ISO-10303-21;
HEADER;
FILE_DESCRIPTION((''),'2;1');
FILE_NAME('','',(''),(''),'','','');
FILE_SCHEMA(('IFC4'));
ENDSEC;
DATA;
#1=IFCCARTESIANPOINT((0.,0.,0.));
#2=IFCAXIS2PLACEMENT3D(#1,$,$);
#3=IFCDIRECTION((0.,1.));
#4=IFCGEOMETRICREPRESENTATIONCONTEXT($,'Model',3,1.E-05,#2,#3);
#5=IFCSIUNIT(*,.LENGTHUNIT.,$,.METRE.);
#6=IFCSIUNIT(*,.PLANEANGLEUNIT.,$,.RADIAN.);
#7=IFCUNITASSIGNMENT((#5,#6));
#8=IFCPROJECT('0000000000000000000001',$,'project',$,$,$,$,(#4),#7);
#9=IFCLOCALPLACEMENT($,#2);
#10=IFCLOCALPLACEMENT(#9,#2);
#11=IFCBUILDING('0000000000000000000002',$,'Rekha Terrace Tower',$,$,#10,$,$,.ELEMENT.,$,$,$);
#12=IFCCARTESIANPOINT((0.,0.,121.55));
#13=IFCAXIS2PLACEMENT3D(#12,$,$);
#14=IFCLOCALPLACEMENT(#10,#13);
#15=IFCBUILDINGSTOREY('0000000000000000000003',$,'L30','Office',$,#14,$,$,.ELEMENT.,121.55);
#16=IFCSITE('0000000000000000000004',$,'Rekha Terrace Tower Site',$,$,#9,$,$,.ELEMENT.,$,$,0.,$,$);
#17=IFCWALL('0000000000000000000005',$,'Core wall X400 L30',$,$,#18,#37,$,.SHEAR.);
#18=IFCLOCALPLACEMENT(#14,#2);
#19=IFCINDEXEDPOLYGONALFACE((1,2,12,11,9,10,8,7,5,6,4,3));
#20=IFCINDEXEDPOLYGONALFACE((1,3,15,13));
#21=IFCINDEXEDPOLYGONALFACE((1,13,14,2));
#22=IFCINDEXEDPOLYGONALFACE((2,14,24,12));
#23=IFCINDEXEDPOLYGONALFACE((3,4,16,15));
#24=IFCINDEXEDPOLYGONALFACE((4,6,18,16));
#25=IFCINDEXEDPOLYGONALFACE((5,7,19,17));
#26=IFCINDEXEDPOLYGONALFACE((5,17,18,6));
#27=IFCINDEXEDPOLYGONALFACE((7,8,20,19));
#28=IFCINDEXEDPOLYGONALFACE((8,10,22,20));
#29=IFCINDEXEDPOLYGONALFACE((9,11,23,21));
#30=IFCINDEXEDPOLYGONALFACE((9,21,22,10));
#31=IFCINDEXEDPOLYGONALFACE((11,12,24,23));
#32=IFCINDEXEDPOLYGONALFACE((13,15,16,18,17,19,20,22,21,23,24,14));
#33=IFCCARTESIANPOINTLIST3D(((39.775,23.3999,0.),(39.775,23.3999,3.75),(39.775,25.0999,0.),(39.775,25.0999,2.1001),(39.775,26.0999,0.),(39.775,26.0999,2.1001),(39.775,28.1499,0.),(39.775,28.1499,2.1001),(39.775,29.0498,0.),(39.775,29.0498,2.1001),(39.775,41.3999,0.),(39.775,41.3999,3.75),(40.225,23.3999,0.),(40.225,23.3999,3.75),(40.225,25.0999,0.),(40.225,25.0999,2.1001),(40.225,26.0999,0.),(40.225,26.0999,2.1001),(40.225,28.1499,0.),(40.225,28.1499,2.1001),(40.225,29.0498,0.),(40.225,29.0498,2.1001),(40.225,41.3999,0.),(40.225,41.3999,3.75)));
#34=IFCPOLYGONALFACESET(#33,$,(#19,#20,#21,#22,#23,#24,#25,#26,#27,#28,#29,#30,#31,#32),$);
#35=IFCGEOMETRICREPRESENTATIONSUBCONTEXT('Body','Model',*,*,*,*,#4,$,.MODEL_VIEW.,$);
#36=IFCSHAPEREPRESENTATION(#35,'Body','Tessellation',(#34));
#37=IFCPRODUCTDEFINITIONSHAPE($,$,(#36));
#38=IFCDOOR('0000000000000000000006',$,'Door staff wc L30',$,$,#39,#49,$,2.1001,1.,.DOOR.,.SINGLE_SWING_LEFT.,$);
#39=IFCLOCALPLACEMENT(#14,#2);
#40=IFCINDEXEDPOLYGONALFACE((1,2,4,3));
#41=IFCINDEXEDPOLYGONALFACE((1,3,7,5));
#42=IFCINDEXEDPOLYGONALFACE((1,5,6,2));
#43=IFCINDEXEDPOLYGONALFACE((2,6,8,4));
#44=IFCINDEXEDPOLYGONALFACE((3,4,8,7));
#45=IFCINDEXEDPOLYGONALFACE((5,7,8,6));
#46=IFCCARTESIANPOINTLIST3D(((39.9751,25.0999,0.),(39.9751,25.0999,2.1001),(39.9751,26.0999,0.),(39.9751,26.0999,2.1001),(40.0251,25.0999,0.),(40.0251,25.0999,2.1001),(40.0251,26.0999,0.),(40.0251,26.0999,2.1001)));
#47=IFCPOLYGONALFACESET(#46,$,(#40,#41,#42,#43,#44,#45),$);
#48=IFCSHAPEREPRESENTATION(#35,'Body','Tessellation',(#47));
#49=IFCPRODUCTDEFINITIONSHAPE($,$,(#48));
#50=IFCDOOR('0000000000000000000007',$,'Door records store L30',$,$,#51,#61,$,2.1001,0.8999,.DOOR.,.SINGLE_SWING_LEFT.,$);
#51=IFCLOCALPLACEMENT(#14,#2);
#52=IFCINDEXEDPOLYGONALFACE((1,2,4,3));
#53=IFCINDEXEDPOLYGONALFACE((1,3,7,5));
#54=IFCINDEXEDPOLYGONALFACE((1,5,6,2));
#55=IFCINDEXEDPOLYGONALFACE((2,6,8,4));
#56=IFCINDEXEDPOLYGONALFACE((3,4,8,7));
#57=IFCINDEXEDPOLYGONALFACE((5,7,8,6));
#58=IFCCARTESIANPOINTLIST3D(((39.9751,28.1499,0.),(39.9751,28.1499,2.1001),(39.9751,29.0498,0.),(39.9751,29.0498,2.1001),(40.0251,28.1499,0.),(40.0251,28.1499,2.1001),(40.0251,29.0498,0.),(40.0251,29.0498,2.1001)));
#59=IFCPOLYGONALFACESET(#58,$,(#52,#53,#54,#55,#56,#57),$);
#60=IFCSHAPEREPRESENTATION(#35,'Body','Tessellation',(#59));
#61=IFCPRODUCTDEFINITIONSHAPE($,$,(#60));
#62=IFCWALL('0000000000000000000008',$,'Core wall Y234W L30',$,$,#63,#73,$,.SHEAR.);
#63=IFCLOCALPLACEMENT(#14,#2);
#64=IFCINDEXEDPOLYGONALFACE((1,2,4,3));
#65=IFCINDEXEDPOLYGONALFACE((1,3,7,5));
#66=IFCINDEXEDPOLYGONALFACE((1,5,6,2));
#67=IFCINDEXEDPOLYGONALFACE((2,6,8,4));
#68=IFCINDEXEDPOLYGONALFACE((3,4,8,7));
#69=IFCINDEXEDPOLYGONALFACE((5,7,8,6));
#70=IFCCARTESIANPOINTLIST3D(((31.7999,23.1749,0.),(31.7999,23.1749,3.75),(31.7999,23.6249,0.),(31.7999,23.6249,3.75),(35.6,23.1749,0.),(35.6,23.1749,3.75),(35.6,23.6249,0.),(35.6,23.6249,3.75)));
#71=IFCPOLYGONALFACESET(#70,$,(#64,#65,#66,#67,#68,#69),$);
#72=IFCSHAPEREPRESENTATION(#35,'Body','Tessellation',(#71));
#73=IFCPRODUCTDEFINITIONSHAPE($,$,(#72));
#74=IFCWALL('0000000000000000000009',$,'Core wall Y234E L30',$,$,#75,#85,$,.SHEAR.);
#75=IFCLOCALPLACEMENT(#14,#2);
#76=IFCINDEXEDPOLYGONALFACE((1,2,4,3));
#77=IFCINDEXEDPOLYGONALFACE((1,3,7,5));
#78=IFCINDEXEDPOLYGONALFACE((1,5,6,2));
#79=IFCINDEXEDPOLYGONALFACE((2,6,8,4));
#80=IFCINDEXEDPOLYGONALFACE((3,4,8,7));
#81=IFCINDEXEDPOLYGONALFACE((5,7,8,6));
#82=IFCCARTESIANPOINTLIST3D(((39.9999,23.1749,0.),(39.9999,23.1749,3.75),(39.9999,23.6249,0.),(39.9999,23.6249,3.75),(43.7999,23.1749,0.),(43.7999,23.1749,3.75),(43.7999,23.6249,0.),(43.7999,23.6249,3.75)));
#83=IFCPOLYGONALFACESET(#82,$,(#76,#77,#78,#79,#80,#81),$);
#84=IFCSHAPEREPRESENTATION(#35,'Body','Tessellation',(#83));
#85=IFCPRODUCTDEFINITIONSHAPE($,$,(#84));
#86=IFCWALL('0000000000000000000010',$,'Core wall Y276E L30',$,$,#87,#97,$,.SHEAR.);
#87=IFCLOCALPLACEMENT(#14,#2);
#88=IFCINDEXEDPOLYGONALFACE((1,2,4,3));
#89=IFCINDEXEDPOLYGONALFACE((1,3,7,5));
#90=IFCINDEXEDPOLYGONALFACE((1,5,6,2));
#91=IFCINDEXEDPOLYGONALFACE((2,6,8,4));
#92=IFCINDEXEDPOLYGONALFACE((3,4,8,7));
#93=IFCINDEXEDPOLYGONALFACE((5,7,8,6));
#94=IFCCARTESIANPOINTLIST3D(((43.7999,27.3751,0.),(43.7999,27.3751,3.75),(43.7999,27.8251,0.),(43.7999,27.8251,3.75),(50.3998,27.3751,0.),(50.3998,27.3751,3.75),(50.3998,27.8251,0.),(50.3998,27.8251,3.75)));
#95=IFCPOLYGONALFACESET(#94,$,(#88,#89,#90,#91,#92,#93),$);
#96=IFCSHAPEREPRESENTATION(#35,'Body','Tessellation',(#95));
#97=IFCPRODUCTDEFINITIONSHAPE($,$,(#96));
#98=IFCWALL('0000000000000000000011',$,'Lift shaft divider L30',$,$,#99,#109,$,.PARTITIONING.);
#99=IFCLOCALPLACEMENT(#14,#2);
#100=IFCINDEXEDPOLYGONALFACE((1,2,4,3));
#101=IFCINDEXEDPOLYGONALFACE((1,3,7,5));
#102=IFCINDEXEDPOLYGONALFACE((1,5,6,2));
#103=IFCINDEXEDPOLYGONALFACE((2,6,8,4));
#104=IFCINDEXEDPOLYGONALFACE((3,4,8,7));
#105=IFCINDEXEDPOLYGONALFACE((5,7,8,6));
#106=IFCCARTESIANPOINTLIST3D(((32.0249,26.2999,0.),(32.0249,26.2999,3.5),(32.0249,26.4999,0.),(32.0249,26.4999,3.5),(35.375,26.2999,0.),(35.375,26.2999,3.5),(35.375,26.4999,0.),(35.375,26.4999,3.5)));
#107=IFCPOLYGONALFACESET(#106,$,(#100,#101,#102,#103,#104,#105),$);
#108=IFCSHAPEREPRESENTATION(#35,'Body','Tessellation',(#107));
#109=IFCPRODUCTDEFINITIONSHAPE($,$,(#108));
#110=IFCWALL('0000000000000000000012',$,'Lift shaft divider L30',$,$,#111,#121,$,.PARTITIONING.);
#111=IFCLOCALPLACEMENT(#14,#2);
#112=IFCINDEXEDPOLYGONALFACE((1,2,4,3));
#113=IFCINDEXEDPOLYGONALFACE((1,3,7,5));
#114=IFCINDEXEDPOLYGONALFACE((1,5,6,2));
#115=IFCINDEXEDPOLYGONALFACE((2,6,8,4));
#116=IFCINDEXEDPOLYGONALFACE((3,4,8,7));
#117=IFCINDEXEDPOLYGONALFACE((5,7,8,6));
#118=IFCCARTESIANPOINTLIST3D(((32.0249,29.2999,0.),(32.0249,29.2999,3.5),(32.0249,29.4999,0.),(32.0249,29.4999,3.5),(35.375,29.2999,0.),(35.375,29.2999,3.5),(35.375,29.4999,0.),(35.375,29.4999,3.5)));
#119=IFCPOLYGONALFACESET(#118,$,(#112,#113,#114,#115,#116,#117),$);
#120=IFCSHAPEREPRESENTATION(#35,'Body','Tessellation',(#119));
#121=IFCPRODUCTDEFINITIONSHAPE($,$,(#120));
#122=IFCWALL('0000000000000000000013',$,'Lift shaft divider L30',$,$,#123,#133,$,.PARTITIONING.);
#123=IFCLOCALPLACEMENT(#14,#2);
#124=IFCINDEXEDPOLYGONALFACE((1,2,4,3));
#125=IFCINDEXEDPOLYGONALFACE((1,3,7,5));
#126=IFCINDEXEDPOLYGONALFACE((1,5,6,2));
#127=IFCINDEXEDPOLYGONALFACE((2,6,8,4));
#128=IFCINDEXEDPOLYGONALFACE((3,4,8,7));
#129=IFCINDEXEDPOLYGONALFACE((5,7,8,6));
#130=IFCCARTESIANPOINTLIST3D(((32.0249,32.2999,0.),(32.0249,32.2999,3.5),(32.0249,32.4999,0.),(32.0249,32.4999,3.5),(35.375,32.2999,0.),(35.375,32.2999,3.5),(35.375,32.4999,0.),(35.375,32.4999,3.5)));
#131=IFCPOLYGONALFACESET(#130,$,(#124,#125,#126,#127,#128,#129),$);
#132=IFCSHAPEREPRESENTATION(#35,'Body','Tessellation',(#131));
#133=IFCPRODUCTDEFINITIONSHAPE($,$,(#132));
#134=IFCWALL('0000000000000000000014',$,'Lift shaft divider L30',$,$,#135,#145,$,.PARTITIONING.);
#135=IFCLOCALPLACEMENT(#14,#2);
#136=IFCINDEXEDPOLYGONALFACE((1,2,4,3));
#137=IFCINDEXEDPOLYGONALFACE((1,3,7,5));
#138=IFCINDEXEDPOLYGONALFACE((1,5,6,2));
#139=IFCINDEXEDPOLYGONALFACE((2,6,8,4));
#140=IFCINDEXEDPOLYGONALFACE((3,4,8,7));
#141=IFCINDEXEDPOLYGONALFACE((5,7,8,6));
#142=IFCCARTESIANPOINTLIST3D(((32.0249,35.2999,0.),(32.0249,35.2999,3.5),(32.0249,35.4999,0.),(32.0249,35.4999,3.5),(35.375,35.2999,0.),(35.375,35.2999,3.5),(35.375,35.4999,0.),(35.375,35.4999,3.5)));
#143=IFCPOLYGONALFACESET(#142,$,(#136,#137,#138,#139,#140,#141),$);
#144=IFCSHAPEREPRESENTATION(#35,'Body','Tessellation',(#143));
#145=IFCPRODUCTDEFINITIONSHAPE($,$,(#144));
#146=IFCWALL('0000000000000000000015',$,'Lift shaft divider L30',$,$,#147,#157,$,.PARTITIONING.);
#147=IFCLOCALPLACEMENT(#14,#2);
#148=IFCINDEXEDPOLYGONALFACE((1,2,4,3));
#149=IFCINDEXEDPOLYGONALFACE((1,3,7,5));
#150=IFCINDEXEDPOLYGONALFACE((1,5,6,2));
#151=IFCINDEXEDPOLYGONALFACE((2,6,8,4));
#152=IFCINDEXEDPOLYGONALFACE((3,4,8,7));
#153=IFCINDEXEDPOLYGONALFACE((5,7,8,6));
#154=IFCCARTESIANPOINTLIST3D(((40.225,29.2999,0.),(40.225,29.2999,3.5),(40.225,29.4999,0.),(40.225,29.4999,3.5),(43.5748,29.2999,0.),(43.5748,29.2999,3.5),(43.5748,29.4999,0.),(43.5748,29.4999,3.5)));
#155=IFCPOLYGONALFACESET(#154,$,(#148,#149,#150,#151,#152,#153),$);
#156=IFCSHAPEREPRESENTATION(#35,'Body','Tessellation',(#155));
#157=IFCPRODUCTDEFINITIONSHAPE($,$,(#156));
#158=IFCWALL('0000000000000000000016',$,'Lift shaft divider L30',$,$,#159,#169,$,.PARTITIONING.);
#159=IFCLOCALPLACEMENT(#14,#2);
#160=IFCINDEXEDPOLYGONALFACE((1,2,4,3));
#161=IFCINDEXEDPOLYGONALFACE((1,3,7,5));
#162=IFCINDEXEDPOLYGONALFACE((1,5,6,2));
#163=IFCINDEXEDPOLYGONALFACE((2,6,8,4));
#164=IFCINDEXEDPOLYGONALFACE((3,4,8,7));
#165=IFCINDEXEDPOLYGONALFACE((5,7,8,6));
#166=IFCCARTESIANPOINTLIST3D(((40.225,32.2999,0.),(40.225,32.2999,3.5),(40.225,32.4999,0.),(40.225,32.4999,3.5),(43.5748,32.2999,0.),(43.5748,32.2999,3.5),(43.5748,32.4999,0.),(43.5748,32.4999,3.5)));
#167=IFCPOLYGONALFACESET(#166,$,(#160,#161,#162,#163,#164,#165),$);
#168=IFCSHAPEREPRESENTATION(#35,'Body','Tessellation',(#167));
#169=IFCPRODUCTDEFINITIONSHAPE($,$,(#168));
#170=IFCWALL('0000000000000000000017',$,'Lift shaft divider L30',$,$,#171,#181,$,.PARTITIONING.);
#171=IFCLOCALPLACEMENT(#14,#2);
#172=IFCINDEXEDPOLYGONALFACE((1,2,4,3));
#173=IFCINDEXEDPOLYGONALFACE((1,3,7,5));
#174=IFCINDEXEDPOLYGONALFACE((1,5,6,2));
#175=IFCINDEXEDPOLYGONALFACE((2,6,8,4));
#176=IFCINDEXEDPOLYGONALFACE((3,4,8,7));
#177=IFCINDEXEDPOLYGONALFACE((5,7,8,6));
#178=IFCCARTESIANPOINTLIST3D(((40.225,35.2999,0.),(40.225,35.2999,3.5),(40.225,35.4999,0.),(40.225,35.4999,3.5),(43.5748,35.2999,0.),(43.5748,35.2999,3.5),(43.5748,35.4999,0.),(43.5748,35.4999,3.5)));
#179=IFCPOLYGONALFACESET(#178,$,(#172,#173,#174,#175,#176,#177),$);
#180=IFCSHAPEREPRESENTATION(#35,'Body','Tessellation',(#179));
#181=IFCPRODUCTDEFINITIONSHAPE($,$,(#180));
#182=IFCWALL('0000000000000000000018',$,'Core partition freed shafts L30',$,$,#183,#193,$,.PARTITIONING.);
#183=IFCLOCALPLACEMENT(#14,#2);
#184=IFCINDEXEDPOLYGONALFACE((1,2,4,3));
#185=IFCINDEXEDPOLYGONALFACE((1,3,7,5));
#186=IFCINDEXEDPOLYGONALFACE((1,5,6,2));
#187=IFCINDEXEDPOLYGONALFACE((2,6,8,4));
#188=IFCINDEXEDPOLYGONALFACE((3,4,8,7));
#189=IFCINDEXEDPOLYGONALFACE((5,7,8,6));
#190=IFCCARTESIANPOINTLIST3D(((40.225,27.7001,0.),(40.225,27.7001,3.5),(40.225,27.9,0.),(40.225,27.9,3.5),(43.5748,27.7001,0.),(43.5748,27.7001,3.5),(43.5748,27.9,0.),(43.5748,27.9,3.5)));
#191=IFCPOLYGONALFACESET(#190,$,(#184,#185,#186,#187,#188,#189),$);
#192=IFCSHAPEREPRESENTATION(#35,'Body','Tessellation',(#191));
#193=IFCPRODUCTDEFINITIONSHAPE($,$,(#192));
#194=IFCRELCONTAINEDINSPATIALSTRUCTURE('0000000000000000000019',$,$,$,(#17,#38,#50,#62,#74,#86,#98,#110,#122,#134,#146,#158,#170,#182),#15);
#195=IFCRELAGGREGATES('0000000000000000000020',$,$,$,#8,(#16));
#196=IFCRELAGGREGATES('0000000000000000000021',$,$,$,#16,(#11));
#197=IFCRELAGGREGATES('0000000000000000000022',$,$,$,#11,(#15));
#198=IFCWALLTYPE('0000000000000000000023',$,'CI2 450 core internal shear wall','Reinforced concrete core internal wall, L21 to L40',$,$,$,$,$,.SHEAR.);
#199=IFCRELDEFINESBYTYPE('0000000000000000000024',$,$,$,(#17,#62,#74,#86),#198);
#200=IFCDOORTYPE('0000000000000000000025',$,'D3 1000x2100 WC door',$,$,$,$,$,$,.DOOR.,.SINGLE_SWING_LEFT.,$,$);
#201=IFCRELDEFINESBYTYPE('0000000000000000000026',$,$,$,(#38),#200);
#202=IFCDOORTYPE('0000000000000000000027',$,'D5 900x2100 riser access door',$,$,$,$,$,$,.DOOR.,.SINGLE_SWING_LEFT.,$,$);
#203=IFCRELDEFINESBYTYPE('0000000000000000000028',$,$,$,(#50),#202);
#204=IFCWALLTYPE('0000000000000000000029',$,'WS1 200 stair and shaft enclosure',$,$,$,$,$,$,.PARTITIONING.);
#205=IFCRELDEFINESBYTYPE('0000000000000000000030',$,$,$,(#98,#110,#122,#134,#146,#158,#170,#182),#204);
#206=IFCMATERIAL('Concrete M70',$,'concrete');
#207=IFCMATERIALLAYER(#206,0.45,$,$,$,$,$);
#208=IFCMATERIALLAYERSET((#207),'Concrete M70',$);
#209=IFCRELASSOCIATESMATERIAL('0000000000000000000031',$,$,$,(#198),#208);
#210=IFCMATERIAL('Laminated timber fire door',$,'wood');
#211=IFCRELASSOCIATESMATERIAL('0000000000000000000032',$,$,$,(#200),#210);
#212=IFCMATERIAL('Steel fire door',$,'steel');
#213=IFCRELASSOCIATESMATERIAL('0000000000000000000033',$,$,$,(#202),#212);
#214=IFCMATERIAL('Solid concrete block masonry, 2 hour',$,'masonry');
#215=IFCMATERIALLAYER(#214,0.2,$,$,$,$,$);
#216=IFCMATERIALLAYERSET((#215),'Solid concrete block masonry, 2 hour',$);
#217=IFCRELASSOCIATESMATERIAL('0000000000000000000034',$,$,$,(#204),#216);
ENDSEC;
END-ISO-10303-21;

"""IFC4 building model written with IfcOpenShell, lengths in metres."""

from ifc_helpers import new_model, si_unit, direction, frame, frame_2d, origin, place, context, subcontext, project, spatial, rectangle, extrude, material, layer, layer_set, type_object, element, fill, save


model = new_model("IFC4")

# Units and contexts
model_context = context("Model", 3, precision=1e-05, world=origin(), true_north=direction((0.0, 1.0)))
body_context = subcontext(model_context, "Body", "Model", "MODEL_VIEW")
ifc_project = project(units=[si_unit("LENGTHUNIT", "METRE"), si_unit("PLANEANGLEUNIT", "RADIAN")], contexts=[model_context])

# Site, building, storey
site_placement = place(None, origin())
site = spatial("IfcSite", under=ifc_project, at=site_placement, Name="Rekha Terrace Tower Site", CompositionType="ELEMENT", RefElevation=0.0)
building_placement = place(site_placement, origin())
building = spatial("IfcBuilding", under=site, at=building_placement, Name="Rekha Terrace Tower", CompositionType="ELEMENT")
storey_placement = place(building_placement, frame((0.0, 0.0, 121.55)))
storey = spatial("IfcBuildingStorey", under=building, at=storey_placement, Name="L30", Description="Office", CompositionType="ELEMENT", Elevation=121.55)

# Wall, openings, doors
ifc_material_1 = material(Name="Concrete M70", Category="concrete")
ifc_layer_1 = layer(ifc_material_1, 0.45)
ifc_layer_set_1 = layer_set([ifc_layer_1], Name="Concrete M70")
wall_type_1 = type_object("IfcWallType", Name="CI2 450 core internal shear wall", Description="Reinforced concrete core internal wall, L21 to L40", PredefinedType="SHEAR", material=ifc_layer_set_1)
wall_1_placement = place(storey_placement, frame((40.0, 23.3999, 0.0), z_axis=(0.0, 0.0, 1.0), x_axis=(0.0, 1.0, 0.0)))
wall_1 = element("IfcWall", 1, at=wall_1_placement, inside=storey, type_object=wall_type_1, Name="Core wall X400 L30", PredefinedType="SHEAR", context=body_context, shape_type="SweptSolid", body=[
    extrude(rectangle(XDim=18.0, YDim=0.45, at=frame_2d((9.0, 0.0))), origin(), (0.0, 0.0, 1.0), 3.75),
])
opening_1_placement = place(wall_1_placement, frame((1.7, 0.0, 0.0)))
opening_1 = element("IfcOpeningElement", 2, at=opening_1_placement, cuts=wall_1, PredefinedType="OPENING", context=body_context, shape_type="SweptSolid", body=[
    extrude(rectangle(XDim=1.0, YDim=2.1001, at=frame_2d((0.5, 1.05))), frame((0.0, 0.2349, 0.0), z_axis=(0.0, -1.0, 0.0), x_axis=(1.0, 0.0, 0.0)), (0.0, 0.0, 1.0), 0.47),
])
opening_2_placement = place(wall_1_placement, frame((4.75, 0.0, 0.0)))
opening_2 = element("IfcOpeningElement", 3, at=opening_2_placement, cuts=wall_1, PredefinedType="OPENING", context=body_context, shape_type="SweptSolid", body=[
    extrude(rectangle(XDim=0.8999, YDim=2.1001, at=frame_2d((0.45, 1.05))), frame((0.0, 0.2349, 0.0), z_axis=(0.0, -1.0, 0.0), x_axis=(1.0, 0.0, 0.0)), (0.0, 0.0, 1.0), 0.47),
])
ifc_material_2 = material(Name="Laminated timber fire door", Category="wood")
door_type_1 = type_object("IfcDoorType", Name="D3 1000x2100 WC door", OperationType="SINGLE_SWING_LEFT", PredefinedType="DOOR", material=ifc_material_2)
door_1_placement = place(opening_1_placement, origin())
door_1 = element("IfcDoor", 4, at=door_1_placement, inside=storey, type_object=door_type_1, Name="Door staff wc L30", OperationType="SINGLE_SWING_LEFT", OverallHeight=2.1001, OverallWidth=1.0, PredefinedType="DOOR", context=body_context, shape_type="SweptSolid", body=[
    extrude(rectangle(XDim=1.0, YDim=2.1001, at=frame_2d((0.5, 1.05))), frame((0.0, 0.0249, 0.0), z_axis=(0.0, -1.0, 0.0), x_axis=(1.0, 0.0, 0.0)), (0.0, 0.0, 1.0), 0.05),
])
fill(opening_1, door_1)
ifc_material_3 = material(Name="Steel fire door", Category="steel")
door_type_2 = type_object("IfcDoorType", Name="D5 900x2100 riser access door", OperationType="SINGLE_SWING_LEFT", PredefinedType="DOOR", material=ifc_material_3)
door_2_placement = place(opening_2_placement, origin())
door_2 = element("IfcDoor", 5, at=door_2_placement, inside=storey, type_object=door_type_2, Name="Door records store L30", OperationType="SINGLE_SWING_LEFT", OverallHeight=2.1001, OverallWidth=0.8999, PredefinedType="DOOR", context=body_context, shape_type="SweptSolid", body=[
    extrude(rectangle(XDim=0.8999, YDim=2.1001, at=frame_2d((0.45, 1.05))), frame((0.0, 0.0249, 0.0), z_axis=(0.0, -1.0, 0.0), x_axis=(1.0, 0.0, 0.0)), (0.0, 0.0, 1.0), 0.05),
])
fill(opening_2, door_2)

# Walls
for number, where, z_axis, x_axis, name in (
    (6, (31.8, 23.3999, 0.0), (0.0, 0.0, 1.0), (1.0, 0.0, 0.0), "Core wall Y234W L30"),
    (7, (40.0, 23.3999, 0.0), (0.0, 0.0, 1.0), (1.0, 0.0, 0.0), "Core wall Y234E L30"),
):
    element("IfcWall", number, at=place(storey_placement, frame(where, z_axis=z_axis, x_axis=x_axis)), inside=storey, type_object=wall_type_1, Name=name, PredefinedType="SHEAR", context=body_context, shape_type="SweptSolid", body=[
        extrude(rectangle(XDim=3.8, YDim=0.45, at=frame_2d((1.8999, 0.0))), origin(), (0.0, 0.0, 1.0), 3.75),
    ])
wall_2_placement = place(storey_placement, frame((43.8, 27.6001, 0.0), z_axis=(0.0, 0.0, 1.0), x_axis=(1.0, 0.0, 0.0)))
element("IfcWall", 8, at=wall_2_placement, inside=storey, type_object=wall_type_1, Name="Core wall Y276E L30", PredefinedType="SHEAR", context=body_context, shape_type="SweptSolid", body=[
    extrude(rectangle(XDim=6.5999, YDim=0.45, at=frame_2d((3.2998, 0.0))), origin(), (0.0, 0.0, 1.0), 3.75),
])
ifc_material_4 = material(Name="Solid concrete block masonry, 2 hour", Category="masonry")
ifc_layer_2 = layer(ifc_material_4, 0.2)
ifc_layer_set_2 = layer_set([ifc_layer_2], Name="Solid concrete block masonry, 2 hour")
wall_type_2 = type_object("IfcWallType", Name="WS1 200 stair and shaft enclosure", PredefinedType="PARTITIONING", material=ifc_layer_set_2)
for number, where, z_axis, x_axis, name in (
    (9, (32.0249, 26.3999, 0.0), (0.0, 0.0, 1.0), (1.0, 0.0, 0.0), "Lift shaft divider L30"),
    (10, (32.0249, 29.3999, 0.0), (0.0, 0.0, 1.0), (1.0, 0.0, 0.0), "Lift shaft divider L30"),
    (11, (32.0249, 32.3999, 0.0), (0.0, 0.0, 1.0), (1.0, 0.0, 0.0), "Lift shaft divider L30"),
    (12, (32.0249, 35.3999, 0.0), (0.0, 0.0, 1.0), (1.0, 0.0, 0.0), "Lift shaft divider L30"),
):
    element("IfcWall", number, at=place(storey_placement, frame(where, z_axis=z_axis, x_axis=x_axis)), inside=storey, type_object=wall_type_2, Name=name, PredefinedType="PARTITIONING", context=body_context, shape_type="SweptSolid", body=[
        extrude(rectangle(XDim=3.3501, YDim=0.2, at=frame_2d((1.675, 0.0))), origin(), (0.0, 0.0, 1.0), 3.5),
    ])
for number, where, z_axis, x_axis, name in (
    (13, (40.2251, 29.3999, 0.0), (0.0, 0.0, 1.0), (1.0, 0.0, 0.0), "Lift shaft divider L30"),
    (14, (40.2251, 32.3999, 0.0), (0.0, 0.0, 1.0), (1.0, 0.0, 0.0), "Lift shaft divider L30"),
    (15, (40.2251, 35.3999, 0.0), (0.0, 0.0, 1.0), (1.0, 0.0, 0.0), "Lift shaft divider L30"),
    (16, (40.2251, 27.8, 0.0), (0.0, 0.0, 1.0), (1.0, 0.0, 0.0), "Core partition freed shafts L30"),
):
    element("IfcWall", number, at=place(storey_placement, frame(where, z_axis=z_axis, x_axis=x_axis)), inside=storey, type_object=wall_type_2, Name=name, PredefinedType="PARTITIONING", context=body_context, shape_type="SweptSolid", body=[
        extrude(rectangle(XDim=3.3499, YDim=0.2, at=frame_2d((1.6748, 0.0))), origin(), (0.0, 0.0, 1.0), 3.5),
    ])

save(model, "model.ifc")
